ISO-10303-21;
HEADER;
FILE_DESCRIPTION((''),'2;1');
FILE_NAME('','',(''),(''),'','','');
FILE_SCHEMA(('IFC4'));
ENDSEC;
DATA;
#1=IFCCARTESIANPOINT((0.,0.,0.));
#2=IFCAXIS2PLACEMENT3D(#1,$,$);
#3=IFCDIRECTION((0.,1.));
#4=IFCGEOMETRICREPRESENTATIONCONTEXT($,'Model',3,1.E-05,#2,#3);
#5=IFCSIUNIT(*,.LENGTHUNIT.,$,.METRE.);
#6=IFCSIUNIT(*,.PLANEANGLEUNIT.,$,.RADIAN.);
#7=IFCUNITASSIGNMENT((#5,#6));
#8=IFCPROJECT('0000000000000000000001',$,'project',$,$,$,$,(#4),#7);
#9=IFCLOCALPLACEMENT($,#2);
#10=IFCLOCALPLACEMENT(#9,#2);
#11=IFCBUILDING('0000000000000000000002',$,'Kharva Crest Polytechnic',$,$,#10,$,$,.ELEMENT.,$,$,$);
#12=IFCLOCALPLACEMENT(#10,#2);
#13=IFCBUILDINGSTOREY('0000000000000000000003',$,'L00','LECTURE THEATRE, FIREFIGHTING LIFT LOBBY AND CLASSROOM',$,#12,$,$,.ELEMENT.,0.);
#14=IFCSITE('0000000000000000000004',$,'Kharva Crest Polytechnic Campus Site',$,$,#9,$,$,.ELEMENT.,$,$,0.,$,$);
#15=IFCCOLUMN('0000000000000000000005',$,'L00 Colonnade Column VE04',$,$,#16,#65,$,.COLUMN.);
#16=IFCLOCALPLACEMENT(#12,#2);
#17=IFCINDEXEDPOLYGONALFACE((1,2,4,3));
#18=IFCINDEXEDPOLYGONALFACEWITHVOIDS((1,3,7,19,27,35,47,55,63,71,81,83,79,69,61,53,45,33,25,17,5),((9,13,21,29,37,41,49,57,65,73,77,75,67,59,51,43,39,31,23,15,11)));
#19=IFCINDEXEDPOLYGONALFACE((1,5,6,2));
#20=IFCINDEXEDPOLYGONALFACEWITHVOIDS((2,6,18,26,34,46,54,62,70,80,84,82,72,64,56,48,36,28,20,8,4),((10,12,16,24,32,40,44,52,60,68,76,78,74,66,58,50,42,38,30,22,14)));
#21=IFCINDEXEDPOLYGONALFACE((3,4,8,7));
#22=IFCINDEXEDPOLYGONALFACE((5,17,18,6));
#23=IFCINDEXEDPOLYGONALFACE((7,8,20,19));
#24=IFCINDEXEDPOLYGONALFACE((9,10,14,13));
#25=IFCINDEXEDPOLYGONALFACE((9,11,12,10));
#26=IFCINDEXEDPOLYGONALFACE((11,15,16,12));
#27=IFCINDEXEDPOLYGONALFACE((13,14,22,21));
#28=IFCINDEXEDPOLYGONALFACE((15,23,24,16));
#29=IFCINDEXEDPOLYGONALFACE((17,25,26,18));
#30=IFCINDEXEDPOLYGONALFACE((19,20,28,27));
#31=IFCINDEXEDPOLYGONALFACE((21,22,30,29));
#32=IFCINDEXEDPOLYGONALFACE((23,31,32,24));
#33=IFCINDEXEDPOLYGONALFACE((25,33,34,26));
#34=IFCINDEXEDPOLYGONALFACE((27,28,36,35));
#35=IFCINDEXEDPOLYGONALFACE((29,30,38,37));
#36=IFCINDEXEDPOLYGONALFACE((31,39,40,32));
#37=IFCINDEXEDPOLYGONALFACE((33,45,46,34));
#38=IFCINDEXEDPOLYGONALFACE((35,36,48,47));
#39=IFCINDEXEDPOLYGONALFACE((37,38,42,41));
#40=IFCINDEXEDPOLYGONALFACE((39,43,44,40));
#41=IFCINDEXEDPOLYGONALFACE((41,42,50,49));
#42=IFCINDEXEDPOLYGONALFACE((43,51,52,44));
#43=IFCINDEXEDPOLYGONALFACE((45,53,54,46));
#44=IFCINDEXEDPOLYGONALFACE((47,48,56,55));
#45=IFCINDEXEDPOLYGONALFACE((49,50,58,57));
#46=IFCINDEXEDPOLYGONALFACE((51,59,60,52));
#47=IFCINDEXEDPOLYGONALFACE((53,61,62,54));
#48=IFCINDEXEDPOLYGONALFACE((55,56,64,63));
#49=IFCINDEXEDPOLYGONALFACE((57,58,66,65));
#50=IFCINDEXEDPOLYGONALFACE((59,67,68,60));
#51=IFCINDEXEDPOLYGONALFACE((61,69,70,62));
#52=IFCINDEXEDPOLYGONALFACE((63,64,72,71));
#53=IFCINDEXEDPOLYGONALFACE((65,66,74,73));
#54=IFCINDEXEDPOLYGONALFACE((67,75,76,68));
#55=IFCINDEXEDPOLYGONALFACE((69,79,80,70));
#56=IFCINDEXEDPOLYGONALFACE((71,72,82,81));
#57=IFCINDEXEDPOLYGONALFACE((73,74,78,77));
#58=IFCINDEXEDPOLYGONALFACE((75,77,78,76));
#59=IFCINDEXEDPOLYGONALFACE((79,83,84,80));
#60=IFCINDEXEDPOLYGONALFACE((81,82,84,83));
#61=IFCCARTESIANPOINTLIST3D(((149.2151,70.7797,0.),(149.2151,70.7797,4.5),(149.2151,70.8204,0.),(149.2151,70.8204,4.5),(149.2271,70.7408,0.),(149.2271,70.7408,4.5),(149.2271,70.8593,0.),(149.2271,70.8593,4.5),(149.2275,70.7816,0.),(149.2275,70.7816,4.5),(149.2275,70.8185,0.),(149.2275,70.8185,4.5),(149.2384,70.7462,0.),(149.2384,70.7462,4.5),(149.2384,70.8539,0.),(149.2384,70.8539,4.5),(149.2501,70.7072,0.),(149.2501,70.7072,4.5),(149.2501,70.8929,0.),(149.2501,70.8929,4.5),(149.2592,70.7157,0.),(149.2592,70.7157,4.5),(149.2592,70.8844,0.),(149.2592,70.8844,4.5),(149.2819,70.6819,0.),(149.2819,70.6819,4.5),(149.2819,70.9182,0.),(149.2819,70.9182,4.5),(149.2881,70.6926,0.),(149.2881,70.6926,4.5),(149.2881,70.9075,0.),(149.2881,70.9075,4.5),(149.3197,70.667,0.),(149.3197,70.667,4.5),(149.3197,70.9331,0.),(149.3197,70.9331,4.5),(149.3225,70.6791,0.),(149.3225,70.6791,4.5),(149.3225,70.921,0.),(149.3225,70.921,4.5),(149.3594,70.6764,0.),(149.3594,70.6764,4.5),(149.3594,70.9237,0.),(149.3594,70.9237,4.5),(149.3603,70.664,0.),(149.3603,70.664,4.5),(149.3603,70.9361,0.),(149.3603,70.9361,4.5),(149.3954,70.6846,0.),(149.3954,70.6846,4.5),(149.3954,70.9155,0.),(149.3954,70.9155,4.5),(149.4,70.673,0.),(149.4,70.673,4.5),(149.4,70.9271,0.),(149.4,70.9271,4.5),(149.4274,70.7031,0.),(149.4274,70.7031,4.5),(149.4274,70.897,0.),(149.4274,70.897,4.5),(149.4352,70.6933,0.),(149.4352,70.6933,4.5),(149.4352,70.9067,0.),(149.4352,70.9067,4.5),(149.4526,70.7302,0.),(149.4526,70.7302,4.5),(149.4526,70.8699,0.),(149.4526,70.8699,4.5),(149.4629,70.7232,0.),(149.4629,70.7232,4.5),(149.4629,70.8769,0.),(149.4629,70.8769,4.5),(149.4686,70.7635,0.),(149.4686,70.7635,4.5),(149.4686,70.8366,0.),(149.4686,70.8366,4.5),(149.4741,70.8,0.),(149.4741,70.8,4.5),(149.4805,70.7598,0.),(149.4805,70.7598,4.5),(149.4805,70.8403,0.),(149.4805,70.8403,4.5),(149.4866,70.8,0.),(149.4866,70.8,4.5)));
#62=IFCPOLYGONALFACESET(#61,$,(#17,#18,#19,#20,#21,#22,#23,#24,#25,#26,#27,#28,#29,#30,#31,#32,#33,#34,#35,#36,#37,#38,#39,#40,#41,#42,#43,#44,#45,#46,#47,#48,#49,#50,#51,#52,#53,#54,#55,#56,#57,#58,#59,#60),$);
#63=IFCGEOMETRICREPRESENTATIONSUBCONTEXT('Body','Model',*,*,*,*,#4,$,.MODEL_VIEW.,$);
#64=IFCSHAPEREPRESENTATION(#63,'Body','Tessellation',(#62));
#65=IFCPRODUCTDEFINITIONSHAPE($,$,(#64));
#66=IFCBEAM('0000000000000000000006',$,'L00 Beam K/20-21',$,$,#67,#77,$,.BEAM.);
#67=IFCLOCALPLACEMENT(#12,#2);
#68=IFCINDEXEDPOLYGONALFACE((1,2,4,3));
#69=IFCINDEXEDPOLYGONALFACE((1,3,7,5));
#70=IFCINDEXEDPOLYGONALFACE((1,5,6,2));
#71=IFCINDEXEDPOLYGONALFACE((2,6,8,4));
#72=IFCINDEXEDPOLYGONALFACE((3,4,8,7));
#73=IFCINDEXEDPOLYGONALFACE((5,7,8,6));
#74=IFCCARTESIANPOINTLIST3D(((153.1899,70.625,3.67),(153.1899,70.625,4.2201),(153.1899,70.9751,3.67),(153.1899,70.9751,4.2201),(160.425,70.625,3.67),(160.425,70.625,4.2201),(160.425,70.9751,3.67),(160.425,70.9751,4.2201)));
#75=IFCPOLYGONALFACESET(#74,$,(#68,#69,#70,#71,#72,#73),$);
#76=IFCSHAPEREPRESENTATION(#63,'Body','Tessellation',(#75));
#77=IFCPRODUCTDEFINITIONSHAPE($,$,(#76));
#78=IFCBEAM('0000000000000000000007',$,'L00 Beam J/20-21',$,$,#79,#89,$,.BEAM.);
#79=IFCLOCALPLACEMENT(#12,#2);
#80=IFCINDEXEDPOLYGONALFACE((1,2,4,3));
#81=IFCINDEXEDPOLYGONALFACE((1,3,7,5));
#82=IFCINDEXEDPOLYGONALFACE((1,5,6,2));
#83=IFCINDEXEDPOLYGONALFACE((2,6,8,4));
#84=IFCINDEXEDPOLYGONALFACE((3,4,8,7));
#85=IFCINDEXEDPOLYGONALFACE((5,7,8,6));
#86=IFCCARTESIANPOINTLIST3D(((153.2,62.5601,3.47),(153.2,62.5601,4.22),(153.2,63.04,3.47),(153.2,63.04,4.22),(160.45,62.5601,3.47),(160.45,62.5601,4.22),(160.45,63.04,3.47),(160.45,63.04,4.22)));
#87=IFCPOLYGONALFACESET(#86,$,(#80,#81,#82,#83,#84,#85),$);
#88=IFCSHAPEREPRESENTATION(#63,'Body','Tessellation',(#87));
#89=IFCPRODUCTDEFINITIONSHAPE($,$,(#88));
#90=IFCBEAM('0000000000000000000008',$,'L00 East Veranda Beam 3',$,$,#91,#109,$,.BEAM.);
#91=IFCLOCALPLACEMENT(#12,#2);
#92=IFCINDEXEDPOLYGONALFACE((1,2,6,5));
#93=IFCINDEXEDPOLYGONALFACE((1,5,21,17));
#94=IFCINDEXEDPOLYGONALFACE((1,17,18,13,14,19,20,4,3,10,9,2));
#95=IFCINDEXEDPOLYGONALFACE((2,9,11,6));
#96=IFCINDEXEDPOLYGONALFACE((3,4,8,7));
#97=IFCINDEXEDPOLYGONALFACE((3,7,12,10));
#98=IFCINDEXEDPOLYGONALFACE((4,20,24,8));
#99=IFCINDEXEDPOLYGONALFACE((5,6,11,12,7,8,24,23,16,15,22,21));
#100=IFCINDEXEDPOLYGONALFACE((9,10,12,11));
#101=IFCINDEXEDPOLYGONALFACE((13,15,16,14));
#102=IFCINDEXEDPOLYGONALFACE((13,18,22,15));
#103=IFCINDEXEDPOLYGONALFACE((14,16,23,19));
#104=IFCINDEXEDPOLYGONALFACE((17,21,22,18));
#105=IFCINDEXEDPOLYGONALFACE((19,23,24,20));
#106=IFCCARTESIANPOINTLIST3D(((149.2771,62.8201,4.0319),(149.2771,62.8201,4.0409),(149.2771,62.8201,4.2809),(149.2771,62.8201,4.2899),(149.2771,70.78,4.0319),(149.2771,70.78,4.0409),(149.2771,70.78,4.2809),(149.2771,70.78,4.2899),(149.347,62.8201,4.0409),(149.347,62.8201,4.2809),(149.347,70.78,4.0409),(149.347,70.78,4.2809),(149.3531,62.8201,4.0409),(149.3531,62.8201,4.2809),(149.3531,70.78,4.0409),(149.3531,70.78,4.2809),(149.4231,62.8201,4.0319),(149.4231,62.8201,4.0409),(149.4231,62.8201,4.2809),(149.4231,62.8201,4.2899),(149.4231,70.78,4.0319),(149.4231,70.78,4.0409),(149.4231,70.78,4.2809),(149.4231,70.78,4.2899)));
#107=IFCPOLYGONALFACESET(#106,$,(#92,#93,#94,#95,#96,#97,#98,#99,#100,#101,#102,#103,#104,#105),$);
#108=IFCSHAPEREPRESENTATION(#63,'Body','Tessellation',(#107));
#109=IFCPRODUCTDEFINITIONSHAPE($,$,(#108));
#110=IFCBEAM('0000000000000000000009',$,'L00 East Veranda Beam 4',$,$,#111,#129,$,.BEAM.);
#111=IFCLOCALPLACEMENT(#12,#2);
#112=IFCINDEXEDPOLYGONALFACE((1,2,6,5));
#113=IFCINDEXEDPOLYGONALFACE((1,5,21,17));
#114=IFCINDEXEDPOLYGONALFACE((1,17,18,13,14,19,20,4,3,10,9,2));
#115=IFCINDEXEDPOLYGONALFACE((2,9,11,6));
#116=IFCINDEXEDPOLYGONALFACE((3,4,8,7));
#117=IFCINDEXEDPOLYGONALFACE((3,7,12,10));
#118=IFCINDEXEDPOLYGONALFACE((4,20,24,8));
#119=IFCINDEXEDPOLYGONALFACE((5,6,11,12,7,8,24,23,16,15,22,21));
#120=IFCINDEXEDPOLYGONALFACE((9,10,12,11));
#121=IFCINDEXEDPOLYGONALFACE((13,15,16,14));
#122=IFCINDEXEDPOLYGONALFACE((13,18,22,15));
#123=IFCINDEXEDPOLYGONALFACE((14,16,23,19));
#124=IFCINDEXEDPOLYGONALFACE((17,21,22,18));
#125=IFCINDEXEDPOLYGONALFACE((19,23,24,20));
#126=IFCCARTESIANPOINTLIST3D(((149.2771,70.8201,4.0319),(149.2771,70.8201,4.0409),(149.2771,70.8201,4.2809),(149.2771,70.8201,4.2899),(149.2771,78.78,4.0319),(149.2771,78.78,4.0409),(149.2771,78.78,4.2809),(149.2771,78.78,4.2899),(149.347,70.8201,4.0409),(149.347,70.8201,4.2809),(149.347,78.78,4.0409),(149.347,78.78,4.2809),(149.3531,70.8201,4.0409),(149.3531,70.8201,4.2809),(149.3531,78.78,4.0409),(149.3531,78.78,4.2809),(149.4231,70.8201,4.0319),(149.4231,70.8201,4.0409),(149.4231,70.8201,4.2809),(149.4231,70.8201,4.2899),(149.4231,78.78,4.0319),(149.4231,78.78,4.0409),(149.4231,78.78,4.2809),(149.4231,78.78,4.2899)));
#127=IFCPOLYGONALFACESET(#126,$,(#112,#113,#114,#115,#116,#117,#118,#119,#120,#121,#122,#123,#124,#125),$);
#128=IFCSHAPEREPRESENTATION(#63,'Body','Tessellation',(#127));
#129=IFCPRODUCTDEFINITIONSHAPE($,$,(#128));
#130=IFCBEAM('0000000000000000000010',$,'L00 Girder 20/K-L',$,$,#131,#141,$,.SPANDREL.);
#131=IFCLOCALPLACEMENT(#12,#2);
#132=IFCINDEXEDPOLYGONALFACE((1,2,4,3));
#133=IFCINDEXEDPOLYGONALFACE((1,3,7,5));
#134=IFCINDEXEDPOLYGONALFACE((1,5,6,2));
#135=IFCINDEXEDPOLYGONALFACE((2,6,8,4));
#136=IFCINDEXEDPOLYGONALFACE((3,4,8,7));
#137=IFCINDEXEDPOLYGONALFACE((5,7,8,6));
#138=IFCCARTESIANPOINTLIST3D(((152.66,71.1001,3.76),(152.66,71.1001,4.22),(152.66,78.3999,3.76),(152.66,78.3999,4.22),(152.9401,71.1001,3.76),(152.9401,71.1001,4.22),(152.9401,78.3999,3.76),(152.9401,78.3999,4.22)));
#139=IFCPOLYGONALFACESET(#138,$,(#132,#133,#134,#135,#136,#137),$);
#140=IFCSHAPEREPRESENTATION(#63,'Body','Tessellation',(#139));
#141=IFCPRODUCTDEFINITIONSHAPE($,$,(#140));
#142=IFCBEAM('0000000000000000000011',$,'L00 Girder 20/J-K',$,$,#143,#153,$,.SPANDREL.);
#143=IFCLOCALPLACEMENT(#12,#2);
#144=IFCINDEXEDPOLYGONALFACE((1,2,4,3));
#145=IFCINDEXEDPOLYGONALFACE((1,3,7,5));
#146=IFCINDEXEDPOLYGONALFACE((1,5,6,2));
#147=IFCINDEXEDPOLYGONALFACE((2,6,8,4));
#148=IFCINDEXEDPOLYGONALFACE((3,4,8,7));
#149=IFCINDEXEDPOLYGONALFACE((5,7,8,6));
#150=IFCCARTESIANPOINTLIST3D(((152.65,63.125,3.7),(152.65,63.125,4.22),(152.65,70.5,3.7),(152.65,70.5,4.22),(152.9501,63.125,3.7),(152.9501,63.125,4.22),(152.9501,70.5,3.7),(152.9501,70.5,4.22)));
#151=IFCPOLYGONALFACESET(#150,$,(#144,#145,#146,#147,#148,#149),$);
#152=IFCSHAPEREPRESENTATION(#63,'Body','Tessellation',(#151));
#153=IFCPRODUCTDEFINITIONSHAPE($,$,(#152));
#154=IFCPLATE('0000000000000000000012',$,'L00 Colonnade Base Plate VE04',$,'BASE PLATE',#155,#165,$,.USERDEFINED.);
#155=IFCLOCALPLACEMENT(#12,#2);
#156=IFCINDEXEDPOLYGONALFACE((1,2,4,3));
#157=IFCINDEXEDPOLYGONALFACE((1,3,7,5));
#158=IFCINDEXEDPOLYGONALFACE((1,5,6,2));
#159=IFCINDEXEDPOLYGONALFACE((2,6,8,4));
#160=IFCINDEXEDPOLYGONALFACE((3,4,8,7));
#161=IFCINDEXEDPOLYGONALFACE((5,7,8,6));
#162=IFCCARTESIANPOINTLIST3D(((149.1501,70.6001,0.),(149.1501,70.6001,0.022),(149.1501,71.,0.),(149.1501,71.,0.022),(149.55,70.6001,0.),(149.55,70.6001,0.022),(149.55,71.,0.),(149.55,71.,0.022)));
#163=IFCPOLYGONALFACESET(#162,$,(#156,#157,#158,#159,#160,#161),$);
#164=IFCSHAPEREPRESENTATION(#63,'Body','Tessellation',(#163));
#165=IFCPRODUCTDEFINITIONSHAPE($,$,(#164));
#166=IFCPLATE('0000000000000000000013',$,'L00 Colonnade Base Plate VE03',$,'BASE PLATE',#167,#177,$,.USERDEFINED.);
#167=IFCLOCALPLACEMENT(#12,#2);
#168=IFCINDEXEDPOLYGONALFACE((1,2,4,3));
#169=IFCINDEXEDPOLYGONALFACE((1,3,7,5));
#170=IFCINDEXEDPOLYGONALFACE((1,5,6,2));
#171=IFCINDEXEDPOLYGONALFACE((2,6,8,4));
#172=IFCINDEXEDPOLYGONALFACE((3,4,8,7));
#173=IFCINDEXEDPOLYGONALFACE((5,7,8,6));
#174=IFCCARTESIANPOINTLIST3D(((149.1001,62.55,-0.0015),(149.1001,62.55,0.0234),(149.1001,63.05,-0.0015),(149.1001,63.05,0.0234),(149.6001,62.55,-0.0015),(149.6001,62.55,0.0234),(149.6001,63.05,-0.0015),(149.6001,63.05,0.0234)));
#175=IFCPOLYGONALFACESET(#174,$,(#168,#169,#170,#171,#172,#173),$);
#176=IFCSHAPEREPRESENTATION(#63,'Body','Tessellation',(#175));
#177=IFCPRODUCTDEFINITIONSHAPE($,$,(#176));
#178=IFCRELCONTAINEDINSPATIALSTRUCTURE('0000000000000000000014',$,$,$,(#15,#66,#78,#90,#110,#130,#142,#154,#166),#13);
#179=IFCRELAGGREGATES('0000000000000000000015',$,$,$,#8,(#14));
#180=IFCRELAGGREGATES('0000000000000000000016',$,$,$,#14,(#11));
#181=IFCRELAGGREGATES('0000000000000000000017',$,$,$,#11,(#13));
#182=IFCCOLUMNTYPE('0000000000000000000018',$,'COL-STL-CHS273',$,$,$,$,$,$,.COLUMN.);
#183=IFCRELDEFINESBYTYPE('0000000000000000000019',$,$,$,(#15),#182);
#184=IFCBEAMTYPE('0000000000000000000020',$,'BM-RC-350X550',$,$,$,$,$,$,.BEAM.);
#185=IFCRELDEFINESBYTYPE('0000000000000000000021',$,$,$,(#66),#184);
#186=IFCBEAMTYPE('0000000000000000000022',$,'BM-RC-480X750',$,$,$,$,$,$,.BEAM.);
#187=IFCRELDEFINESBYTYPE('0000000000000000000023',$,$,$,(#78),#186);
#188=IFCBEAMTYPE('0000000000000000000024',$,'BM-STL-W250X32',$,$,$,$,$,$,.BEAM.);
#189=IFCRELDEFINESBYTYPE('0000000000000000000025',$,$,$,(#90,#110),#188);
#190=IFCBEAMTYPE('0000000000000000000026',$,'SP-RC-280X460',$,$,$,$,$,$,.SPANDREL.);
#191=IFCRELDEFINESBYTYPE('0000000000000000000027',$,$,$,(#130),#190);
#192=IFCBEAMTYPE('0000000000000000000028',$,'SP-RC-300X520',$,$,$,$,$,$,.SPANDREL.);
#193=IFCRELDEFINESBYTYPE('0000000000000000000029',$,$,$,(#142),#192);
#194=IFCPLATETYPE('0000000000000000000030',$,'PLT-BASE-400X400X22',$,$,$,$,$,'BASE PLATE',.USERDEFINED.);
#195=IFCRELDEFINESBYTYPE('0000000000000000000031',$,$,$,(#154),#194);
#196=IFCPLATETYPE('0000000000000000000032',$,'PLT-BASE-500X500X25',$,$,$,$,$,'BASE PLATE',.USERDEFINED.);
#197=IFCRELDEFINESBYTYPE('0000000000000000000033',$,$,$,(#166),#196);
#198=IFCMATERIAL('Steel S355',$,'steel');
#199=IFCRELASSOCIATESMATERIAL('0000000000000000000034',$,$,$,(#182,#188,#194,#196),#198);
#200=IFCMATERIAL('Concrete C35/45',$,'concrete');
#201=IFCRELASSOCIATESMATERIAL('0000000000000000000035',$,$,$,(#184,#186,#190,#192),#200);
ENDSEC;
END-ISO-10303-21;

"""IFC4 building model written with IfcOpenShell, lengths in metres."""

from ifc_helpers import new_model, si_unit, direction, frame, origin, origin_2d, place, context, subcontext, project, spatial, rectangle, hollow_circle, i_section, extrude, material, material_profile, profile_set, type_object, element, save


model = new_model("IFC4")

# Units and contexts
model_context = context("Model", 3, precision=1e-05, world=origin(), true_north=direction((0.0, 1.0)))
body_context = subcontext(model_context, "Body", "Model", "MODEL_VIEW")
ifc_project = project(units=[si_unit("LENGTHUNIT", "METRE"), si_unit("PLANEANGLEUNIT", "RADIAN")], contexts=[model_context])

# Site, building, storey
site_placement = place(None, origin())
site = spatial("IfcSite", under=ifc_project, at=site_placement, Name="Kharva Crest Polytechnic Campus Site", CompositionType="ELEMENT", RefElevation=0.0)
building_placement = place(site_placement, origin())
building = spatial("IfcBuilding", under=site, at=building_placement, Name="Kharva Crest Polytechnic", CompositionType="ELEMENT")
storey_placement = place(building_placement, origin())
storey = spatial("IfcBuildingStorey", under=building, at=storey_placement, Name="L00", Description="LECTURE THEATRE, FIREFIGHTING LIFT LOBBY AND CLASSROOM", CompositionType="ELEMENT", Elevation=0.0)

# Shared definitions
ifc_material_1 = material(Name="Concrete C35/45", Category="concrete")

# Column
ifc_material_2 = material(Name="Steel S355", Category="steel")
ifc_material_profile_1 = material_profile(ifc_material_2, hollow_circle(Radius=0.1365, WallThickness=0.0125, at=origin_2d()), Name="CHS 273.0X12.5")
ifc_profile_set_1 = profile_set([ifc_material_profile_1], Name="Steel S355")
column_type_1 = type_object("IfcColumnType", Name="COL-STL-CHS273", PredefinedType="COLUMN", material=ifc_profile_set_1)
for number, where, z_axis, x_axis, name in (
    (1, (149.3501, 70.8, 0.0), (0.0, 0.0, 1.0), (1.0, 0.0, 0.0), "L00 Colonnade Column VE04"),
):
    element("IfcColumn", number, at=place(storey_placement, frame(where, z_axis=z_axis, x_axis=x_axis)), inside=storey, type_object=column_type_1, Name=name, PredefinedType="COLUMN", context=body_context, shape_type="SweptSolid", body=[
        extrude(hollow_circle(Radius=0.1365, WallThickness=0.0125, at=origin_2d()), origin(), (0.0, 0.0, 1.0), 4.5),
    ])

# Beams
ifc_material_profile_2 = material_profile(ifc_material_1, rectangle(XDim=0.3501, YDim=0.55, at=origin_2d()), Name="RECT 350 X 550")
ifc_profile_set_2 = profile_set([ifc_material_profile_2], Name="Concrete C35/45")
beam_type_1 = type_object("IfcBeamType", Name="BM-RC-350X550", PredefinedType="BEAM", material=ifc_profile_set_2)
beam_1_placement = place(storey_placement, frame((153.1899, 70.8, 3.9451), z_axis=(1.0, 0.0, 0.0), x_axis=(0.0, 1.0, 0.0)))
element("IfcBeam", 2, at=beam_1_placement, inside=storey, type_object=beam_type_1, Name="L00 Beam K/20-21", PredefinedType="BEAM", context=body_context, shape_type="SweptSolid", body=[
    extrude(rectangle(XDim=0.3501, YDim=0.55, at=origin_2d()), origin(), (0.0, 0.0, 1.0), 7.2351),
])
ifc_material_profile_3 = material_profile(ifc_material_1, rectangle(XDim=0.48, YDim=0.75, at=origin_2d()), Name="RECT 480 X 750")
ifc_profile_set_3 = profile_set([ifc_material_profile_3], Name="Concrete C35/45")
beam_type_2 = type_object("IfcBeamType", Name="BM-RC-480X750", PredefinedType="BEAM", material=ifc_profile_set_3)
beam_2_placement = place(storey_placement, frame((153.2, 62.8, 3.845), z_axis=(1.0, 0.0, 0.0), x_axis=(0.0, 1.0, 0.0)))
element("IfcBeam", 3, at=beam_2_placement, inside=storey, type_object=beam_type_2, Name="L00 Beam J/20-21", PredefinedType="BEAM", context=body_context, shape_type="SweptSolid", body=[
    extrude(rectangle(XDim=0.48, YDim=0.75, at=origin_2d()), origin(), (0.0, 0.0, 1.0), 7.25),
])
ifc_material_profile_4 = material_profile(ifc_material_2, i_section(OverallWidth=0.146, OverallDepth=0.2581, WebThickness=0.0061, FlangeThickness=0.009, at=origin_2d()), Name="W250X32.7")
ifc_profile_set_4 = profile_set([ifc_material_profile_4], Name="Steel S355")
beam_type_3 = type_object("IfcBeamType", Name="BM-STL-W250X32", PredefinedType="BEAM", material=ifc_profile_set_4)
for number, where, z_axis, x_axis, name in (
    (4, (149.3501, 62.8201, 4.1609), (0.0, 1.0, 0.0), (-1.0, 0.0, 0.0), "L00 East Veranda Beam 3"),
    (5, (149.3501, 70.8201, 4.1609), (0.0, 1.0, 0.0), (-1.0, 0.0, 0.0), "L00 East Veranda Beam 4"),
):
    element("IfcBeam", number, at=place(storey_placement, frame(where, z_axis=z_axis, x_axis=x_axis)), inside=storey, type_object=beam_type_3, Name=name, PredefinedType="BEAM", context=body_context, shape_type="SweptSolid", body=[
        extrude(i_section(OverallWidth=0.146, OverallDepth=0.2581, WebThickness=0.0061, FlangeThickness=0.009, at=origin_2d()), origin(), (0.0, 0.0, 1.0), 7.96),
    ])
ifc_material_profile_5 = material_profile(ifc_material_1, rectangle(XDim=0.28, YDim=0.46, at=origin_2d()), Name="RECT 280 X 460")
ifc_profile_set_5 = profile_set([ifc_material_profile_5], Name="Concrete C35/45")
beam_type_4 = type_object("IfcBeamType", Name="SP-RC-280X460", PredefinedType="SPANDREL", material=ifc_profile_set_5)
beam_3_placement = place(storey_placement, frame((152.8, 71.1001, 3.99), z_axis=(0.0, 1.0, 0.0), x_axis=(-1.0, 0.0, 0.0)))
element("IfcBeam", 6, at=beam_3_placement, inside=storey, type_object=beam_type_4, Name="L00 Girder 20/K-L", PredefinedType="SPANDREL", context=body_context, shape_type="SweptSolid", body=[
    extrude(rectangle(XDim=0.28, YDim=0.46, at=origin_2d()), origin(), (0.0, 0.0, 1.0), 7.2998),
])
ifc_material_profile_6 = material_profile(ifc_material_1, rectangle(XDim=0.3, YDim=0.52, at=origin_2d()), Name="RECT 300 X 520")
ifc_profile_set_6 = profile_set([ifc_material_profile_6], Name="Concrete C35/45")
beam_type_5 = type_object("IfcBeamType", Name="SP-RC-300X520", PredefinedType="SPANDREL", material=ifc_profile_set_6)
beam_4_placement = place(storey_placement, frame((152.8, 63.125, 3.96), z_axis=(0.0, 1.0, 0.0), x_axis=(-1.0, 0.0, 0.0)))
element("IfcBeam", 7, at=beam_4_placement, inside=storey, type_object=beam_type_5, Name="L00 Girder 20/J-K", PredefinedType="SPANDREL", context=body_context, shape_type="SweptSolid", body=[
    extrude(rectangle(XDim=0.3, YDim=0.52, at=origin_2d()), origin(), (0.0, 0.0, 1.0), 7.375),
])

# Plates
plate_type_1 = type_object("IfcPlateType", Name="PLT-BASE-400X400X22", ElementType="BASE PLATE", PredefinedType="USERDEFINED", material=ifc_material_2)
plate_1_placement = place(storey_placement, frame((149.3501, 70.8, 0.0), z_axis=(0.0, 0.0, 1.0), x_axis=(1.0, 0.0, 0.0)))
element("IfcPlate", 8, at=plate_1_placement, inside=storey, type_object=plate_type_1, Name="L00 Colonnade Base Plate VE04", ObjectType="BASE PLATE", PredefinedType="USERDEFINED", context=body_context, shape_type="SweptSolid", body=[
    extrude(rectangle(XDim=0.3999, YDim=0.3999, at=origin_2d()), origin(), (0.0, 0.0, 1.0), 0.022),
])
plate_type_2 = type_object("IfcPlateType", Name="PLT-BASE-500X500X25", ElementType="BASE PLATE", PredefinedType="USERDEFINED", material=ifc_material_2)
plate_2_placement = place(storey_placement, frame((149.3501, 62.8, -0.0015), z_axis=(0.0, 0.0, 1.0), x_axis=(1.0, 0.0, 0.0)))
element("IfcPlate", 9, at=plate_2_placement, inside=storey, type_object=plate_type_2, Name="L00 Colonnade Base Plate VE03", ObjectType="BASE PLATE", PredefinedType="USERDEFINED", context=body_context, shape_type="SweptSolid", body=[
    extrude(rectangle(XDim=0.5, YDim=0.5, at=origin_2d()), origin(), (0.0, 0.0, 1.0), 0.0249),
])

save(model, "model.ifc")
